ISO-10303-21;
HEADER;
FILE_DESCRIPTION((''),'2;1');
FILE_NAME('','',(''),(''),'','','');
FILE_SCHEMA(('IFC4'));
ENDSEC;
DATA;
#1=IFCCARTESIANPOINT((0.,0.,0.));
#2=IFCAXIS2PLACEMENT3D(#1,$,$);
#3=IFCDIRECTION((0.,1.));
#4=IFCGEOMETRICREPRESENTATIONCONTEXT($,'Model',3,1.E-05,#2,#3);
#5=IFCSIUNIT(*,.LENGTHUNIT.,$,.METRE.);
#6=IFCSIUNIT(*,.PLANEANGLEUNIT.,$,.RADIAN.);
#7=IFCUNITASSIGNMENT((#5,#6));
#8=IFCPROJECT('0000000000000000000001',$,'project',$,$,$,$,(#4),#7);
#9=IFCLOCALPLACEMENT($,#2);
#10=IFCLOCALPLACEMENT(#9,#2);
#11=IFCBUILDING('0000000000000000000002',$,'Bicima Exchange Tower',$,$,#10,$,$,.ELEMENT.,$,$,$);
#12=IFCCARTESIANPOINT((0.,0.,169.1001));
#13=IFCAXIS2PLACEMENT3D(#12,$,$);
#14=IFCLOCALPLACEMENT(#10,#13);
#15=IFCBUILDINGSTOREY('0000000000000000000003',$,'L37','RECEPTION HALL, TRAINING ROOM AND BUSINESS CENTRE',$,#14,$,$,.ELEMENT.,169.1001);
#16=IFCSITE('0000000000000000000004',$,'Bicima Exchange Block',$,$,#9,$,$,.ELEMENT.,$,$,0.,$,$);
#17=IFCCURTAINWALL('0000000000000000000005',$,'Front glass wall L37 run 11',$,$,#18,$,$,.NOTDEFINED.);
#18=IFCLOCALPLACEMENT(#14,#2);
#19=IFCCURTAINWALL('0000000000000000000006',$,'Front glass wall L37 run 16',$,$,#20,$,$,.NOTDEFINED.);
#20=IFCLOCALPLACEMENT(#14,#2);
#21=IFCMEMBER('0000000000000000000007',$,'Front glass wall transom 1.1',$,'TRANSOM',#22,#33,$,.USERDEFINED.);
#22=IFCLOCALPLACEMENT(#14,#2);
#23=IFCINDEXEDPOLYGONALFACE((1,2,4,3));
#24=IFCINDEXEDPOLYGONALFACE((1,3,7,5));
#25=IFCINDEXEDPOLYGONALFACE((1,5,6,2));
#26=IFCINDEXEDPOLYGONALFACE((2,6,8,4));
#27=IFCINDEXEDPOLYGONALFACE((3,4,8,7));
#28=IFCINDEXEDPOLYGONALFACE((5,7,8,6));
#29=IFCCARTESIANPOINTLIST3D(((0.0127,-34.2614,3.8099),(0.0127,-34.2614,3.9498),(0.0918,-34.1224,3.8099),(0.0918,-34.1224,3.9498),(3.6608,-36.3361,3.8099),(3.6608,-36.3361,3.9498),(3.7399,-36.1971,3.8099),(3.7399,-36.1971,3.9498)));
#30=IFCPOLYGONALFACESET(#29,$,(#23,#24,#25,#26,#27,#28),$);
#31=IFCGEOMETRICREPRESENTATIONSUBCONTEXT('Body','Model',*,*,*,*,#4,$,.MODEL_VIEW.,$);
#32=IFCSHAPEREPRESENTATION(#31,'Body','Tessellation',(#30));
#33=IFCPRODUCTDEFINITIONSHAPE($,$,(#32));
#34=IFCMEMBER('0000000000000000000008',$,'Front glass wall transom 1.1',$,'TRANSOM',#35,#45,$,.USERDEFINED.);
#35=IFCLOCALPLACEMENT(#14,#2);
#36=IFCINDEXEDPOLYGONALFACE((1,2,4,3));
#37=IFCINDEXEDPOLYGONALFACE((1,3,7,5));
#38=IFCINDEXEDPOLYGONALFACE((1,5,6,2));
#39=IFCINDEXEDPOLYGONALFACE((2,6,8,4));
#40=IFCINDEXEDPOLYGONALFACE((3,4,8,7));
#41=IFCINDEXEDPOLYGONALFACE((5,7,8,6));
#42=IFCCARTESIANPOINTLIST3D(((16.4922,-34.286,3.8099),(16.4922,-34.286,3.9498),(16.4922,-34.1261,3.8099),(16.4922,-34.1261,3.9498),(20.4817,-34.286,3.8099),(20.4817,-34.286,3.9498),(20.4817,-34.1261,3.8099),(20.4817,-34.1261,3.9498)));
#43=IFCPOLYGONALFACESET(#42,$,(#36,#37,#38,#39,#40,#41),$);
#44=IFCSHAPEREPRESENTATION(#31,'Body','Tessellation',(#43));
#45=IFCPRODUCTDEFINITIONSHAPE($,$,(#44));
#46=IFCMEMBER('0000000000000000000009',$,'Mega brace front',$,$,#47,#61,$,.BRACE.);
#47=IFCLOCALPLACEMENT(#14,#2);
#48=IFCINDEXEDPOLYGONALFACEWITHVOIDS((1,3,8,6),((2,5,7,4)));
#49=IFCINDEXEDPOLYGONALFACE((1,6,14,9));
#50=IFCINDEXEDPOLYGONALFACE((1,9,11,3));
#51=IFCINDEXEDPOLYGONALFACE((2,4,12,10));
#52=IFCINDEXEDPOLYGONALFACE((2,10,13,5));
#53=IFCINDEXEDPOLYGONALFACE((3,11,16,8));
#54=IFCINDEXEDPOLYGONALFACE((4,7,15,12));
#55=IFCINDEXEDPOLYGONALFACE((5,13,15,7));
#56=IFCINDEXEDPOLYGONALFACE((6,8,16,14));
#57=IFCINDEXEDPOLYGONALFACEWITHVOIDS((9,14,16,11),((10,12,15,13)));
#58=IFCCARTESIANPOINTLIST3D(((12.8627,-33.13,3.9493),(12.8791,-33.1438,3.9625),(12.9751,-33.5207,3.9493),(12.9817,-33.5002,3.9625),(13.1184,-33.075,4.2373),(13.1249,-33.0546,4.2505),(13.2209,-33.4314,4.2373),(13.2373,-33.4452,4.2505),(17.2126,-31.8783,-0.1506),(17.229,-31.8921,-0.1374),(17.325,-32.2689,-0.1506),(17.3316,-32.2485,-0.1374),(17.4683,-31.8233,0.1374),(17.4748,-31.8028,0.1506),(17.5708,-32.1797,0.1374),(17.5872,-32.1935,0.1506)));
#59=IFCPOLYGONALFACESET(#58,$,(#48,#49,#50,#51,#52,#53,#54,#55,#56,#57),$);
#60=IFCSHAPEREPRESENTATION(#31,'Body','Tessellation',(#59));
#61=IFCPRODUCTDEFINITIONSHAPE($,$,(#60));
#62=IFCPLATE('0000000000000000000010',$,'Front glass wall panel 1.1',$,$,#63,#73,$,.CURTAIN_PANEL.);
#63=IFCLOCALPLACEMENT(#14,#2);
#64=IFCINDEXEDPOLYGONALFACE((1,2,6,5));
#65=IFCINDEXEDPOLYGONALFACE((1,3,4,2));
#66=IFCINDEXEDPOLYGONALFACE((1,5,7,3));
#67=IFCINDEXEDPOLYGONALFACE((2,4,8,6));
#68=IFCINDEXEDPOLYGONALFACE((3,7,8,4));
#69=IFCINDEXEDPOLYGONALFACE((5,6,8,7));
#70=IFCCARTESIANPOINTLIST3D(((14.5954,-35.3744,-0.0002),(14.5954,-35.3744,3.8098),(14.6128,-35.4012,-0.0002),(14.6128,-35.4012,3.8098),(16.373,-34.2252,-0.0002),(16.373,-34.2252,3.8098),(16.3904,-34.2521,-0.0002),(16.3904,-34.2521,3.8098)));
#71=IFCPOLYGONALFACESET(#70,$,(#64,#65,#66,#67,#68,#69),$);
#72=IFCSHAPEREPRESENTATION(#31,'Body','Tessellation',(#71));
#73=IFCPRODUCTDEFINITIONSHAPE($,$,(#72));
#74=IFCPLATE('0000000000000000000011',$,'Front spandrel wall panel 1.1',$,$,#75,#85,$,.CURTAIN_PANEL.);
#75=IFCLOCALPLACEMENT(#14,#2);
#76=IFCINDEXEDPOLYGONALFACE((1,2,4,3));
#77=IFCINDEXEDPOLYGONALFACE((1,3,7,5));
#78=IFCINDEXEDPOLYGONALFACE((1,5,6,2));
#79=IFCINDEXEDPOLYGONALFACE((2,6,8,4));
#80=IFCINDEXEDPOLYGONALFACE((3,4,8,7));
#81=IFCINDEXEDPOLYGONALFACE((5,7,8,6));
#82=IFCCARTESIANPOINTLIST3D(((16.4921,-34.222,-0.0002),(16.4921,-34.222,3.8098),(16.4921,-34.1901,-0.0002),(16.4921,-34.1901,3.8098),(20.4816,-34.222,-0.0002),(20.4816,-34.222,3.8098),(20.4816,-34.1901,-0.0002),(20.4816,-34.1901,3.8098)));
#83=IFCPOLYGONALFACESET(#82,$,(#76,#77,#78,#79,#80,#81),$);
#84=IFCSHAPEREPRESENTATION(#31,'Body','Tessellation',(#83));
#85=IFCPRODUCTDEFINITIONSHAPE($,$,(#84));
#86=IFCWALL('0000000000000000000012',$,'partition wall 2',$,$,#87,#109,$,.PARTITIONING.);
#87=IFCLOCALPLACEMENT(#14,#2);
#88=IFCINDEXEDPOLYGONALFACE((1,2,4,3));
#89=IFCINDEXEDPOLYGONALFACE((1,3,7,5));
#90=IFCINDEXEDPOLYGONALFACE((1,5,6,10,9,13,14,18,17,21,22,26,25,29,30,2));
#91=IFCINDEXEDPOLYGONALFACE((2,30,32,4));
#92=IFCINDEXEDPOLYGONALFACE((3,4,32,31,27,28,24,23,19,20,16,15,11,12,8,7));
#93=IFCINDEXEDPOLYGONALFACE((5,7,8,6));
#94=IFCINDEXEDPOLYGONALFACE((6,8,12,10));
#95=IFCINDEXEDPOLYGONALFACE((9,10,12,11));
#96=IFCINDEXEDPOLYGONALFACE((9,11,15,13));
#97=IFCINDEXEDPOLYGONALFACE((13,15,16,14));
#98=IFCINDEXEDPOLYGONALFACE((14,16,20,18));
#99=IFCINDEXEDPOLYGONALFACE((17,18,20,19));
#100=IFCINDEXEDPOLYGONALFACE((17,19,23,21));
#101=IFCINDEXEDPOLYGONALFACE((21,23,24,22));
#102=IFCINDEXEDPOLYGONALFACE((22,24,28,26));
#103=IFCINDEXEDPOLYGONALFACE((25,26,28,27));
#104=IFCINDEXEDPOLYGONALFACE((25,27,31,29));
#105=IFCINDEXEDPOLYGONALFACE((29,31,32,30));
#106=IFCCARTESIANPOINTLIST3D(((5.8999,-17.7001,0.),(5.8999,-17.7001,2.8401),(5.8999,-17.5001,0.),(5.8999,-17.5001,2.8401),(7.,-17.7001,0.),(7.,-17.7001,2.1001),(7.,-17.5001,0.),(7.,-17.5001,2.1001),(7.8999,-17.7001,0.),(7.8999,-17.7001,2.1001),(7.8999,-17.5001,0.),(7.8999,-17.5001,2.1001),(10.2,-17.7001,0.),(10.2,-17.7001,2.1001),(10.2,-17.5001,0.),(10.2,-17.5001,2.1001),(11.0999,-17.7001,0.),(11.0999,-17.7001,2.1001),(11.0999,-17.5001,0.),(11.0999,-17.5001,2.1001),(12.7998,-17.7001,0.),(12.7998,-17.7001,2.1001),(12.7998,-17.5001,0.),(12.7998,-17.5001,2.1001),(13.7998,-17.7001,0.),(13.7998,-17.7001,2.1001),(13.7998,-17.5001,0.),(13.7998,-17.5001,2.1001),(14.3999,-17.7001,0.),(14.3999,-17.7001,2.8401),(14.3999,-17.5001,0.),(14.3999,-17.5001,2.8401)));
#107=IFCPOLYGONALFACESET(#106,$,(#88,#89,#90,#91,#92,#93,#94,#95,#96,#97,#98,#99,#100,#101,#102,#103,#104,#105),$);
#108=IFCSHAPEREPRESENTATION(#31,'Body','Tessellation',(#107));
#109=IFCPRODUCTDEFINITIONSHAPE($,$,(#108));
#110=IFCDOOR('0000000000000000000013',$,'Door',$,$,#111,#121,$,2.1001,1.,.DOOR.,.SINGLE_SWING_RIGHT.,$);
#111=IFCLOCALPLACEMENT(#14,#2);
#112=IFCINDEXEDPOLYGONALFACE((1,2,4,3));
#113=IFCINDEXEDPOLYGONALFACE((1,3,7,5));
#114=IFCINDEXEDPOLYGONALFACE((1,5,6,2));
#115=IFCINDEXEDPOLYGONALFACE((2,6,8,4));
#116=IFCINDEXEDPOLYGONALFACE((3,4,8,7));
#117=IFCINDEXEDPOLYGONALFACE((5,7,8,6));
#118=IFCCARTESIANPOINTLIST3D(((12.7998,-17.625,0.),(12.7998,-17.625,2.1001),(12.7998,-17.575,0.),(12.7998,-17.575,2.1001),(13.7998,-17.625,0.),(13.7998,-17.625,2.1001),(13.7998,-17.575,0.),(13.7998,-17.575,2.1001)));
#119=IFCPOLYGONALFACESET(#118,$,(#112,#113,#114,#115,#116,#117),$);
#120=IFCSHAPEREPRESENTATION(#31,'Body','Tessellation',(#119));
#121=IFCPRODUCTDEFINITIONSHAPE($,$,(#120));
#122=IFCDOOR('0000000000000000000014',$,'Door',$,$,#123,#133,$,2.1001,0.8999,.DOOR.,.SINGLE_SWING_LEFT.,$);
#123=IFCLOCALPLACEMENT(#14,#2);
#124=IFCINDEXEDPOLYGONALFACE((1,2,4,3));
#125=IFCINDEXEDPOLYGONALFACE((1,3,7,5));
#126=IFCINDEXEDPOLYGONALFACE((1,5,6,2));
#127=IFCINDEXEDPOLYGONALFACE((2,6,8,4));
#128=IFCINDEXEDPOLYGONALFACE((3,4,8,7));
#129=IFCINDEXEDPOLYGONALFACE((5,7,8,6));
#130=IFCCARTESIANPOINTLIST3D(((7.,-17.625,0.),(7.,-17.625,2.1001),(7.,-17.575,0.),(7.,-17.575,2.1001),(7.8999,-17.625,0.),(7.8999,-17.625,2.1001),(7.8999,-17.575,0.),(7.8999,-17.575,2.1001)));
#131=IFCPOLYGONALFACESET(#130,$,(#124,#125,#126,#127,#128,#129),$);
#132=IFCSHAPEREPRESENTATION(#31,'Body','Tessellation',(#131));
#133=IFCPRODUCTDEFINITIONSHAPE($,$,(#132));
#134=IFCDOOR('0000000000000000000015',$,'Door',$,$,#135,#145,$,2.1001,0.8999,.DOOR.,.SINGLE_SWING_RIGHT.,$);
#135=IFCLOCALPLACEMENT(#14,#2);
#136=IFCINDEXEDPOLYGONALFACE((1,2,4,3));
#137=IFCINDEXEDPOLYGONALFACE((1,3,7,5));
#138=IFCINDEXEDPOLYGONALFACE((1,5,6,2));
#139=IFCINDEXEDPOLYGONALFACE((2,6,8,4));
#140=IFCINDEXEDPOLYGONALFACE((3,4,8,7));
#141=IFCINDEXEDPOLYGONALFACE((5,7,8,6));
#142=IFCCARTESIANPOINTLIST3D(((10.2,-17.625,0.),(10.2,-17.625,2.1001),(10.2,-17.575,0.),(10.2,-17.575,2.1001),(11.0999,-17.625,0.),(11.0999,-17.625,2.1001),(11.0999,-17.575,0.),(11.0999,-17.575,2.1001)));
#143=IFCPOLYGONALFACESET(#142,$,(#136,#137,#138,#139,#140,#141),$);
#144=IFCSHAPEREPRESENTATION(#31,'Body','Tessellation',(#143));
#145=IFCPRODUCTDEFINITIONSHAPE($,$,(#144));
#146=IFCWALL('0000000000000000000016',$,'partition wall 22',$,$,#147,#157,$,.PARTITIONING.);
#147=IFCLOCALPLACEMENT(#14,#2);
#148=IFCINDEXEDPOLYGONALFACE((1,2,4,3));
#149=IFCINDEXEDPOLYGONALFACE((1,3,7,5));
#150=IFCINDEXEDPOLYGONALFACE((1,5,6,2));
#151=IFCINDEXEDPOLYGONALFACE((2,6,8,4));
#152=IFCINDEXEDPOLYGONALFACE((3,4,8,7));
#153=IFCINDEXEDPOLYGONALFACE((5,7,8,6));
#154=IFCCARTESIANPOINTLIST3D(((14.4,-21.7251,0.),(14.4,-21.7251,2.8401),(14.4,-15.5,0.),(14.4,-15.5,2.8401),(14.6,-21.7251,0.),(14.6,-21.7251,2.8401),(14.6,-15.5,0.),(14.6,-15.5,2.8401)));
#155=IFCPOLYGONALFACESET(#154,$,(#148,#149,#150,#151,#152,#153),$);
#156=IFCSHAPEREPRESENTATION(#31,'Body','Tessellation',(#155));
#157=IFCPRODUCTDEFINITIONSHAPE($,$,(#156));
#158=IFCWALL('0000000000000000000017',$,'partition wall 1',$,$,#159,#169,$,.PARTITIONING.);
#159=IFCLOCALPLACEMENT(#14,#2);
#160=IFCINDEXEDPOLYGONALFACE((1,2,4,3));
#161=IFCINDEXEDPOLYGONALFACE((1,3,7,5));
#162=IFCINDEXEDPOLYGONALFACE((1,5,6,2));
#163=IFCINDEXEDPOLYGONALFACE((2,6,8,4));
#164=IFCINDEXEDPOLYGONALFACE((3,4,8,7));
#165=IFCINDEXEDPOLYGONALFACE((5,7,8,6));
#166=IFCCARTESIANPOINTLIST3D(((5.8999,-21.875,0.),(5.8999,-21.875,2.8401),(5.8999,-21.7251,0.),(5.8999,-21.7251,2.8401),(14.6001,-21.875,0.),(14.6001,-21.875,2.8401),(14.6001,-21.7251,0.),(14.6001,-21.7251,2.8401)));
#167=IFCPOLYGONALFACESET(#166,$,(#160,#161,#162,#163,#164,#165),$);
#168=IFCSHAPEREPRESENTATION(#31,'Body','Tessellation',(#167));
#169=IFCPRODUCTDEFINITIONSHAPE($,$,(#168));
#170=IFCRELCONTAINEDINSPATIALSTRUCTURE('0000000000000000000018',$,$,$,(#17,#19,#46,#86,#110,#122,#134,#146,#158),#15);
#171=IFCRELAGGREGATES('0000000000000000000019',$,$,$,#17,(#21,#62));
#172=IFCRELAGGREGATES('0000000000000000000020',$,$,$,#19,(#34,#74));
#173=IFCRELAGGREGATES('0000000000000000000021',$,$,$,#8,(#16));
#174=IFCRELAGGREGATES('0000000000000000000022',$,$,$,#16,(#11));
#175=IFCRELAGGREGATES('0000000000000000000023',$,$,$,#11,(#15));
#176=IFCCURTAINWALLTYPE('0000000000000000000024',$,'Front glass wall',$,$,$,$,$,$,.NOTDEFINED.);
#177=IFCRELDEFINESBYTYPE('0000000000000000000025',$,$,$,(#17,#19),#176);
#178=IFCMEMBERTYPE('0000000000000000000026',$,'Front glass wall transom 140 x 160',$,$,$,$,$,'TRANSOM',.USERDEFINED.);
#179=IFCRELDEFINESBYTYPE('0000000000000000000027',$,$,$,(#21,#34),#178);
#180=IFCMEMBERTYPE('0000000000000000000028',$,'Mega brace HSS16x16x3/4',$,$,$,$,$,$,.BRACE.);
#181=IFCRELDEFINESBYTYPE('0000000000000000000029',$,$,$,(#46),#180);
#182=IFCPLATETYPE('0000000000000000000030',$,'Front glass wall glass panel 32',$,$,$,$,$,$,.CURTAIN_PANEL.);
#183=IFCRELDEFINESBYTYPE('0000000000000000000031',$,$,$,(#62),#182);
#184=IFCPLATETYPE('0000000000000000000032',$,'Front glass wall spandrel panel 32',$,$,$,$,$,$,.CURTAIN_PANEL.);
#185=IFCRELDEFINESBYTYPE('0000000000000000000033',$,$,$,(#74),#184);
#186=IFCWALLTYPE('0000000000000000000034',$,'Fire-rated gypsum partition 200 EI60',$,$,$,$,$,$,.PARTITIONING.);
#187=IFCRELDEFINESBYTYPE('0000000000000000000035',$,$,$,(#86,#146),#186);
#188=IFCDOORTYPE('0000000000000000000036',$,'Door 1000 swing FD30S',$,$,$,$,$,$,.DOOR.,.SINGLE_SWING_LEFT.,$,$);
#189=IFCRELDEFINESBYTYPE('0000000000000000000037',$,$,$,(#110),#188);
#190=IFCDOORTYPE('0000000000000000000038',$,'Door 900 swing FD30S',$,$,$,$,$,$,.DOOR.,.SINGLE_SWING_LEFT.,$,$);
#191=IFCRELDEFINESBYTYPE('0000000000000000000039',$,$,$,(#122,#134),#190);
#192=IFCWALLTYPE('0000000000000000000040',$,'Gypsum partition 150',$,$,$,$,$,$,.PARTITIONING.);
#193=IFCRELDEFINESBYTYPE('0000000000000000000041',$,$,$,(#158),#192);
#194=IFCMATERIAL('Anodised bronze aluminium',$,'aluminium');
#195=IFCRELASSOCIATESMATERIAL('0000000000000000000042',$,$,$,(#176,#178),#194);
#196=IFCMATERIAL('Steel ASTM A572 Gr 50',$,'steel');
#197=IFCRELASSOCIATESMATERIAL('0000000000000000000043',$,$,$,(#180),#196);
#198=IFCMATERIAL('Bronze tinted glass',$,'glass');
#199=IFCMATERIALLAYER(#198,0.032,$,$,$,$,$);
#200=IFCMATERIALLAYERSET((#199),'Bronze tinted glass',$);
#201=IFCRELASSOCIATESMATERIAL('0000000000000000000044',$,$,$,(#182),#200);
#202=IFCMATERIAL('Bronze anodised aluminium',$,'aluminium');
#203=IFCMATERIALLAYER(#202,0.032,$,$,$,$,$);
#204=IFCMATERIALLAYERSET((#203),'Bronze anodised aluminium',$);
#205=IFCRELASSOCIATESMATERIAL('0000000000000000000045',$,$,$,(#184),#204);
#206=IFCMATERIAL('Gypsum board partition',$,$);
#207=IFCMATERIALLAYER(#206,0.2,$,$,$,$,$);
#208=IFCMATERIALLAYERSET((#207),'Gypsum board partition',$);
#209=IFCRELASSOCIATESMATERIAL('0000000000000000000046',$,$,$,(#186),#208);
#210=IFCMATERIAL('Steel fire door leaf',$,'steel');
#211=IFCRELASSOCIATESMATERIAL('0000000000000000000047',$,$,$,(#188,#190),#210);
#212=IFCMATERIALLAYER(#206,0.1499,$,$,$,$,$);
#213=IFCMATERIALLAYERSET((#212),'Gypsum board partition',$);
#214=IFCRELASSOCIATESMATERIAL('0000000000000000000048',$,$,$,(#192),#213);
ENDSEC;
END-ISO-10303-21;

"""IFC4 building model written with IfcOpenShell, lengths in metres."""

from ifc_helpers import new_model, si_unit, direction, frame, frame_2d, origin, origin_2d, place, context, subcontext, project, spatial, rectangle, hollow_rectangle, extrude, material, layer, layer_set, material_profile, profile_set, type_object, element, fill, aggregate, save


model = new_model("IFC4")

# Units and contexts
model_context = context("Model", 3, precision=1e-05, world=origin(), true_north=direction((0.0, 1.0)))
body_context = subcontext(model_context, "Body", "Model", "MODEL_VIEW")
ifc_project = project(units=[si_unit("LENGTHUNIT", "METRE"), si_unit("PLANEANGLEUNIT", "RADIAN")], contexts=[model_context])

# Site, building, storey
site_placement = place(None, origin())
site = spatial("IfcSite", under=ifc_project, at=site_placement, Name="Bicima Exchange Block", CompositionType="ELEMENT", RefElevation=0.0)
building_placement = place(site_placement, origin())
building = spatial("IfcBuilding", under=site, at=building_placement, Name="Bicima Exchange Tower", CompositionType="ELEMENT")
storey_placement = place(building_placement, frame((0.0, 0.0, 169.1001)))
storey = spatial("IfcBuildingStorey", under=building, at=storey_placement, Name="L37", Description="RECEPTION HALL, TRAINING ROOM AND BUSINESS CENTRE", CompositionType="ELEMENT", Elevation=169.1001)

# Curtain wall
ifc_material_1 = material(Name="Anodised bronze aluminium", Category="aluminium")
curtain_wall_type = type_object("IfcCurtainWallType", Name="Front glass wall", PredefinedType="NOTDEFINED", material=ifc_material_1)
curtain_wall_1_placement = place(storey_placement, origin())
curtain_wall_1 = element("IfcCurtainWall", 1, at=curtain_wall_1_placement, inside=storey, type_object=curtain_wall_type, Name="Front glass wall L37 run 11", PredefinedType="NOTDEFINED")

# Curtain wall
curtain_wall_2_placement = place(storey_placement, origin())
curtain_wall_2 = element("IfcCurtainWall", 2, at=curtain_wall_2_placement, inside=storey, type_object=curtain_wall_type, Name="Front glass wall L37 run 16", PredefinedType="NOTDEFINED")

# Members
ifc_material_profile_1 = material_profile(ifc_material_1, rectangle(XDim=0.1599, YDim=0.1399, at=origin_2d()))
ifc_profile_set_1 = profile_set([ifc_material_profile_1], Name="Anodised bronze aluminium")
member_type_1 = type_object("IfcMemberType", Name="Front glass wall transom 140 x 160", ElementType="TRANSOM", PredefinedType="USERDEFINED", material=ifc_profile_set_1)
member_1_placement = place(storey_placement, frame((0.0522, -34.1919, 3.8799), z_axis=(0.869265, -0.494346, 0.0), x_axis=(0.494346, 0.869265, 0.0)))
member_1 = element("IfcMember", 3, at=member_1_placement, type_object=member_type_1, Name="Front glass wall transom 1.1", ObjectType="TRANSOM", PredefinedType="USERDEFINED", context=body_context, shape_type="SweptSolid", body=[
    extrude(rectangle(XDim=0.1599, YDim=0.1399, at=origin_2d()), origin(), (0.0, 0.0, 1.0), 4.1968),
])
member_2_placement = place(storey_placement, frame((16.4922, -34.2061, 3.8799), z_axis=(1.0, 0.0, 0.0), x_axis=(0.0, 1.0, 0.0)))
member_2 = element("IfcMember", 4, at=member_2_placement, type_object=member_type_1, Name="Front glass wall transom 1.1", ObjectType="TRANSOM", PredefinedType="USERDEFINED", context=body_context, shape_type="SweptSolid", body=[
    extrude(rectangle(XDim=0.1599, YDim=0.1399, at=origin_2d()), origin(), (0.0, 0.0, 1.0), 3.9895),
])
ifc_material_2 = material(Name="Steel ASTM A572 Gr 50", Category="steel")
ifc_material_profile_2 = material_profile(ifc_material_2, hollow_rectangle(XDim=0.4065, YDim=0.4065, WallThickness=0.0178, at=origin_2d()))
ifc_profile_set_2 = profile_set([ifc_material_profile_2], Name="Steel ASTM A572 Gr 50")
member_type_2 = type_object("IfcMemberType", Name="Mega brace HSS16x16x3/4", PredefinedType="BRACE", material=ifc_profile_set_2)
member_3_placement = place(storey_placement, frame((17.3999, -32.0359, 0.0), z_axis=(-0.71226, -0.204959, 0.671325), x_axis=(0.276537, -0.961003, 0.0)))
element("IfcMember", 5, at=member_3_placement, inside=storey, type_object=member_type_2, Name="Mega brace front", PredefinedType="BRACE", context=body_context, shape_type="SweptSolid", body=[
    extrude(hollow_rectangle(XDim=0.4065, YDim=0.4065, WallThickness=0.0178, at=origin_2d()), origin(), (0.0, 0.0, 1.0), 6.1072),
])

# Plates
ifc_material_3 = material(Name="Bronze tinted glass", Category="glass")
ifc_layer_1 = layer(ifc_material_3, 0.032)
ifc_layer_set_1 = layer_set([ifc_layer_1], Name="Bronze tinted glass")
plate_type_1 = type_object("IfcPlateType", Name="Front glass wall glass panel 32", PredefinedType="CURTAIN_PANEL", material=ifc_layer_set_1)
plate_1_placement = place(storey_placement, frame((15.4929, -34.8132, -0.0002), z_axis=(0.0, 0.0, 1.0), x_axis=(0.839791, 0.542909, 0.0)))
plate_1 = element("IfcPlate", 6, at=plate_1_placement, type_object=plate_type_1, Name="Front glass wall panel 1.1", PredefinedType="CURTAIN_PANEL", context=body_context, shape_type="SweptSolid", body=[
    extrude(rectangle(XDim=2.1167, YDim=0.032, at=origin_2d()), origin(), (0.0, 0.0, 1.0), 3.8101),
])
aggregate(curtain_wall_1, [member_1, plate_1])
ifc_material_4 = material(Name="Bronze anodised aluminium", Category="aluminium")
ifc_layer_2 = layer(ifc_material_4, 0.032)
ifc_layer_set_2 = layer_set([ifc_layer_2], Name="Bronze anodised aluminium")
plate_type_2 = type_object("IfcPlateType", Name="Front glass wall spandrel panel 32", PredefinedType="CURTAIN_PANEL", material=ifc_layer_set_2)
plate_2_placement = place(storey_placement, frame((18.4868, -34.2061, -0.0002), z_axis=(0.0, 0.0, 1.0), x_axis=(1.0, 0.0, 0.0)))
plate_2 = element("IfcPlate", 7, at=plate_2_placement, type_object=plate_type_2, Name="Front spandrel wall panel 1.1", PredefinedType="CURTAIN_PANEL", context=body_context, shape_type="SweptSolid", body=[
    extrude(rectangle(XDim=3.9895, YDim=0.032, at=origin_2d()), origin(), (0.0, 0.0, 1.0), 3.8101),
])
aggregate(curtain_wall_2, [member_2, plate_2])

# Wall, openings, doors
ifc_material_5 = material(Name="Gypsum board partition")
ifc_layer_3 = layer(ifc_material_5, 0.2)
ifc_layer_set_3 = layer_set([ifc_layer_3], Name="Gypsum board partition")
wall_type_1 = type_object("IfcWallType", Name="Fire-rated gypsum partition 200 EI60", PredefinedType="PARTITIONING", material=ifc_layer_set_3)
wall_1_placement = place(storey_placement, frame((5.8999, -17.6001, 0.0), z_axis=(0.0, 0.0, 1.0), x_axis=(1.0, 0.0, 0.0)))
wall_1 = element("IfcWall", 8, at=wall_1_placement, inside=storey, type_object=wall_type_1, Name="partition wall 2", PredefinedType="PARTITIONING", context=body_context, shape_type="SweptSolid", body=[
    extrude(rectangle(XDim=8.5, YDim=0.2, at=frame_2d((4.25, 0.0))), origin(), (0.0, 0.0, 1.0), 2.8401),
])
opening_1_placement = place(wall_1_placement, frame((1.1001, 0.0, 0.0)))
opening_1 = element("IfcOpeningElement", 9, at=opening_1_placement, cuts=wall_1, PredefinedType="OPENING", context=body_context, shape_type="SweptSolid", body=[
    extrude(rectangle(XDim=0.8999, YDim=2.1001, at=frame_2d((0.45, 1.05))), frame((0.0, 0.1118, 0.0), z_axis=(0.0, -1.0, 0.0), x_axis=(1.0, 0.0, 0.0)), (0.0, 0.0, 1.0), 0.2239),
])
opening_2_placement = place(wall_1_placement, frame((4.3, 0.0, 0.0)))
opening_2 = element("IfcOpeningElement", 10, at=opening_2_placement, cuts=wall_1, PredefinedType="OPENING", context=body_context, shape_type="SweptSolid", body=[
    extrude(rectangle(XDim=0.8999, YDim=2.1001, at=frame_2d((0.45, 1.05))), frame((0.0, 0.1118, 0.0), z_axis=(0.0, -1.0, 0.0), x_axis=(1.0, 0.0, 0.0)), (0.0, 0.0, 1.0), 0.2239),
])
opening_3_placement = place(wall_1_placement, frame((6.8999, 0.0, 0.0)))
opening_3 = element("IfcOpeningElement", 11, at=opening_3_placement, cuts=wall_1, PredefinedType="OPENING", context=body_context, shape_type="SweptSolid", body=[
    extrude(rectangle(XDim=1.0, YDim=2.1001, at=frame_2d((0.5, 1.05))), frame((0.0, 0.1118, 0.0), z_axis=(0.0, -1.0, 0.0), x_axis=(1.0, 0.0, 0.0)), (0.0, 0.0, 1.0), 0.2239),
])
ifc_material_6 = material(Name="Steel fire door leaf", Category="steel")
door_type_1 = type_object("IfcDoorType", Name="Door 1000 swing FD30S", OperationType="SINGLE_SWING_LEFT", PredefinedType="DOOR", material=ifc_material_6)
door_1_placement = place(opening_3_placement, frame((1.0, 0.0, 0.0), z_axis=(0.0, 0.0, 1.0), x_axis=(-1.0, 0.0, 0.0)))
door_1 = element("IfcDoor", 12, at=door_1_placement, inside=storey, type_object=door_type_1, Name="Door", OperationType="SINGLE_SWING_RIGHT", OverallHeight=2.1001, OverallWidth=1.0, PredefinedType="DOOR", context=body_context, shape_type="SweptSolid", body=[
    extrude(rectangle(XDim=1.0, YDim=2.1001, at=frame_2d((0.5, 1.05))), frame((0.0, 0.0249, 0.0), z_axis=(0.0, -1.0, 0.0), x_axis=(1.0, 0.0, 0.0)), (0.0, 0.0, 1.0), 0.05),
])
fill(opening_3, door_1)
door_type_2 = type_object("IfcDoorType", Name="Door 900 swing FD30S", OperationType="SINGLE_SWING_LEFT", PredefinedType="DOOR", material=ifc_material_6)
door_2_placement = place(opening_1_placement, frame((0.8999, 0.0, 0.0), z_axis=(0.0, 0.0, 1.0), x_axis=(-1.0, 0.0, 0.0)))
door_2 = element("IfcDoor", 13, at=door_2_placement, inside=storey, type_object=door_type_2, Name="Door", OperationType="SINGLE_SWING_LEFT", OverallHeight=2.1001, OverallWidth=0.8999, PredefinedType="DOOR", context=body_context, shape_type="SweptSolid", body=[
    extrude(rectangle(XDim=0.8999, YDim=2.1001, at=frame_2d((0.45, 1.05))), frame((0.0, 0.0249, 0.0), z_axis=(0.0, -1.0, 0.0), x_axis=(1.0, 0.0, 0.0)), (0.0, 0.0, 1.0), 0.05),
])
fill(opening_1, door_2)
door_3_placement = place(opening_2_placement, frame((0.8999, 0.0, 0.0), z_axis=(0.0, 0.0, 1.0), x_axis=(-1.0, 0.0, 0.0)))
door_3 = element("IfcDoor", 14, at=door_3_placement, inside=storey, type_object=door_type_2, Name="Door", OperationType="SINGLE_SWING_RIGHT", OverallHeight=2.1001, OverallWidth=0.8999, PredefinedType="DOOR", context=body_context, shape_type="SweptSolid", body=[
    extrude(rectangle(XDim=0.8999, YDim=2.1001, at=frame_2d((0.45, 1.05))), frame((0.0, 0.0249, 0.0), z_axis=(0.0, -1.0, 0.0), x_axis=(1.0, 0.0, 0.0)), (0.0, 0.0, 1.0), 0.05),
])
fill(opening_2, door_3)

# Walls
wall_2_placement = place(storey_placement, frame((14.5, -21.7251, 0.0), z_axis=(0.0, 0.0, 1.0), x_axis=(0.0, 1.0, 0.0)))
element("IfcWall", 15, at=wall_2_placement, inside=storey, type_object=wall_type_1, Name="partition wall 22", PredefinedType="PARTITIONING", context=body_context, shape_type="SweptSolid", body=[
    extrude(rectangle(XDim=6.2251, YDim=0.2, at=frame_2d((3.1125, 0.0))), origin(), (0.0, 0.0, 1.0), 2.8401),
])
ifc_layer_4 = layer(ifc_material_5, 0.1499)
ifc_layer_set_4 = layer_set([ifc_layer_4], Name="Gypsum board partition")
wall_type_2 = type_object("IfcWallType", Name="Gypsum partition 150", PredefinedType="PARTITIONING", material=ifc_layer_set_4)
wall_3_placement = place(storey_placement, frame((5.8999, -21.8, 0.0), z_axis=(0.0, 0.0, 1.0), x_axis=(1.0, 0.0, 0.0)))
element("IfcWall", 16, at=wall_3_placement, inside=storey, type_object=wall_type_2, Name="partition wall 1", PredefinedType="PARTITIONING", context=body_context, shape_type="SweptSolid", body=[
    extrude(rectangle(XDim=8.7002, YDim=0.1499, at=frame_2d((4.3501, 0.0))), origin(), (0.0, 0.0, 1.0), 2.8401),
])

save(model, "model.ifc")
